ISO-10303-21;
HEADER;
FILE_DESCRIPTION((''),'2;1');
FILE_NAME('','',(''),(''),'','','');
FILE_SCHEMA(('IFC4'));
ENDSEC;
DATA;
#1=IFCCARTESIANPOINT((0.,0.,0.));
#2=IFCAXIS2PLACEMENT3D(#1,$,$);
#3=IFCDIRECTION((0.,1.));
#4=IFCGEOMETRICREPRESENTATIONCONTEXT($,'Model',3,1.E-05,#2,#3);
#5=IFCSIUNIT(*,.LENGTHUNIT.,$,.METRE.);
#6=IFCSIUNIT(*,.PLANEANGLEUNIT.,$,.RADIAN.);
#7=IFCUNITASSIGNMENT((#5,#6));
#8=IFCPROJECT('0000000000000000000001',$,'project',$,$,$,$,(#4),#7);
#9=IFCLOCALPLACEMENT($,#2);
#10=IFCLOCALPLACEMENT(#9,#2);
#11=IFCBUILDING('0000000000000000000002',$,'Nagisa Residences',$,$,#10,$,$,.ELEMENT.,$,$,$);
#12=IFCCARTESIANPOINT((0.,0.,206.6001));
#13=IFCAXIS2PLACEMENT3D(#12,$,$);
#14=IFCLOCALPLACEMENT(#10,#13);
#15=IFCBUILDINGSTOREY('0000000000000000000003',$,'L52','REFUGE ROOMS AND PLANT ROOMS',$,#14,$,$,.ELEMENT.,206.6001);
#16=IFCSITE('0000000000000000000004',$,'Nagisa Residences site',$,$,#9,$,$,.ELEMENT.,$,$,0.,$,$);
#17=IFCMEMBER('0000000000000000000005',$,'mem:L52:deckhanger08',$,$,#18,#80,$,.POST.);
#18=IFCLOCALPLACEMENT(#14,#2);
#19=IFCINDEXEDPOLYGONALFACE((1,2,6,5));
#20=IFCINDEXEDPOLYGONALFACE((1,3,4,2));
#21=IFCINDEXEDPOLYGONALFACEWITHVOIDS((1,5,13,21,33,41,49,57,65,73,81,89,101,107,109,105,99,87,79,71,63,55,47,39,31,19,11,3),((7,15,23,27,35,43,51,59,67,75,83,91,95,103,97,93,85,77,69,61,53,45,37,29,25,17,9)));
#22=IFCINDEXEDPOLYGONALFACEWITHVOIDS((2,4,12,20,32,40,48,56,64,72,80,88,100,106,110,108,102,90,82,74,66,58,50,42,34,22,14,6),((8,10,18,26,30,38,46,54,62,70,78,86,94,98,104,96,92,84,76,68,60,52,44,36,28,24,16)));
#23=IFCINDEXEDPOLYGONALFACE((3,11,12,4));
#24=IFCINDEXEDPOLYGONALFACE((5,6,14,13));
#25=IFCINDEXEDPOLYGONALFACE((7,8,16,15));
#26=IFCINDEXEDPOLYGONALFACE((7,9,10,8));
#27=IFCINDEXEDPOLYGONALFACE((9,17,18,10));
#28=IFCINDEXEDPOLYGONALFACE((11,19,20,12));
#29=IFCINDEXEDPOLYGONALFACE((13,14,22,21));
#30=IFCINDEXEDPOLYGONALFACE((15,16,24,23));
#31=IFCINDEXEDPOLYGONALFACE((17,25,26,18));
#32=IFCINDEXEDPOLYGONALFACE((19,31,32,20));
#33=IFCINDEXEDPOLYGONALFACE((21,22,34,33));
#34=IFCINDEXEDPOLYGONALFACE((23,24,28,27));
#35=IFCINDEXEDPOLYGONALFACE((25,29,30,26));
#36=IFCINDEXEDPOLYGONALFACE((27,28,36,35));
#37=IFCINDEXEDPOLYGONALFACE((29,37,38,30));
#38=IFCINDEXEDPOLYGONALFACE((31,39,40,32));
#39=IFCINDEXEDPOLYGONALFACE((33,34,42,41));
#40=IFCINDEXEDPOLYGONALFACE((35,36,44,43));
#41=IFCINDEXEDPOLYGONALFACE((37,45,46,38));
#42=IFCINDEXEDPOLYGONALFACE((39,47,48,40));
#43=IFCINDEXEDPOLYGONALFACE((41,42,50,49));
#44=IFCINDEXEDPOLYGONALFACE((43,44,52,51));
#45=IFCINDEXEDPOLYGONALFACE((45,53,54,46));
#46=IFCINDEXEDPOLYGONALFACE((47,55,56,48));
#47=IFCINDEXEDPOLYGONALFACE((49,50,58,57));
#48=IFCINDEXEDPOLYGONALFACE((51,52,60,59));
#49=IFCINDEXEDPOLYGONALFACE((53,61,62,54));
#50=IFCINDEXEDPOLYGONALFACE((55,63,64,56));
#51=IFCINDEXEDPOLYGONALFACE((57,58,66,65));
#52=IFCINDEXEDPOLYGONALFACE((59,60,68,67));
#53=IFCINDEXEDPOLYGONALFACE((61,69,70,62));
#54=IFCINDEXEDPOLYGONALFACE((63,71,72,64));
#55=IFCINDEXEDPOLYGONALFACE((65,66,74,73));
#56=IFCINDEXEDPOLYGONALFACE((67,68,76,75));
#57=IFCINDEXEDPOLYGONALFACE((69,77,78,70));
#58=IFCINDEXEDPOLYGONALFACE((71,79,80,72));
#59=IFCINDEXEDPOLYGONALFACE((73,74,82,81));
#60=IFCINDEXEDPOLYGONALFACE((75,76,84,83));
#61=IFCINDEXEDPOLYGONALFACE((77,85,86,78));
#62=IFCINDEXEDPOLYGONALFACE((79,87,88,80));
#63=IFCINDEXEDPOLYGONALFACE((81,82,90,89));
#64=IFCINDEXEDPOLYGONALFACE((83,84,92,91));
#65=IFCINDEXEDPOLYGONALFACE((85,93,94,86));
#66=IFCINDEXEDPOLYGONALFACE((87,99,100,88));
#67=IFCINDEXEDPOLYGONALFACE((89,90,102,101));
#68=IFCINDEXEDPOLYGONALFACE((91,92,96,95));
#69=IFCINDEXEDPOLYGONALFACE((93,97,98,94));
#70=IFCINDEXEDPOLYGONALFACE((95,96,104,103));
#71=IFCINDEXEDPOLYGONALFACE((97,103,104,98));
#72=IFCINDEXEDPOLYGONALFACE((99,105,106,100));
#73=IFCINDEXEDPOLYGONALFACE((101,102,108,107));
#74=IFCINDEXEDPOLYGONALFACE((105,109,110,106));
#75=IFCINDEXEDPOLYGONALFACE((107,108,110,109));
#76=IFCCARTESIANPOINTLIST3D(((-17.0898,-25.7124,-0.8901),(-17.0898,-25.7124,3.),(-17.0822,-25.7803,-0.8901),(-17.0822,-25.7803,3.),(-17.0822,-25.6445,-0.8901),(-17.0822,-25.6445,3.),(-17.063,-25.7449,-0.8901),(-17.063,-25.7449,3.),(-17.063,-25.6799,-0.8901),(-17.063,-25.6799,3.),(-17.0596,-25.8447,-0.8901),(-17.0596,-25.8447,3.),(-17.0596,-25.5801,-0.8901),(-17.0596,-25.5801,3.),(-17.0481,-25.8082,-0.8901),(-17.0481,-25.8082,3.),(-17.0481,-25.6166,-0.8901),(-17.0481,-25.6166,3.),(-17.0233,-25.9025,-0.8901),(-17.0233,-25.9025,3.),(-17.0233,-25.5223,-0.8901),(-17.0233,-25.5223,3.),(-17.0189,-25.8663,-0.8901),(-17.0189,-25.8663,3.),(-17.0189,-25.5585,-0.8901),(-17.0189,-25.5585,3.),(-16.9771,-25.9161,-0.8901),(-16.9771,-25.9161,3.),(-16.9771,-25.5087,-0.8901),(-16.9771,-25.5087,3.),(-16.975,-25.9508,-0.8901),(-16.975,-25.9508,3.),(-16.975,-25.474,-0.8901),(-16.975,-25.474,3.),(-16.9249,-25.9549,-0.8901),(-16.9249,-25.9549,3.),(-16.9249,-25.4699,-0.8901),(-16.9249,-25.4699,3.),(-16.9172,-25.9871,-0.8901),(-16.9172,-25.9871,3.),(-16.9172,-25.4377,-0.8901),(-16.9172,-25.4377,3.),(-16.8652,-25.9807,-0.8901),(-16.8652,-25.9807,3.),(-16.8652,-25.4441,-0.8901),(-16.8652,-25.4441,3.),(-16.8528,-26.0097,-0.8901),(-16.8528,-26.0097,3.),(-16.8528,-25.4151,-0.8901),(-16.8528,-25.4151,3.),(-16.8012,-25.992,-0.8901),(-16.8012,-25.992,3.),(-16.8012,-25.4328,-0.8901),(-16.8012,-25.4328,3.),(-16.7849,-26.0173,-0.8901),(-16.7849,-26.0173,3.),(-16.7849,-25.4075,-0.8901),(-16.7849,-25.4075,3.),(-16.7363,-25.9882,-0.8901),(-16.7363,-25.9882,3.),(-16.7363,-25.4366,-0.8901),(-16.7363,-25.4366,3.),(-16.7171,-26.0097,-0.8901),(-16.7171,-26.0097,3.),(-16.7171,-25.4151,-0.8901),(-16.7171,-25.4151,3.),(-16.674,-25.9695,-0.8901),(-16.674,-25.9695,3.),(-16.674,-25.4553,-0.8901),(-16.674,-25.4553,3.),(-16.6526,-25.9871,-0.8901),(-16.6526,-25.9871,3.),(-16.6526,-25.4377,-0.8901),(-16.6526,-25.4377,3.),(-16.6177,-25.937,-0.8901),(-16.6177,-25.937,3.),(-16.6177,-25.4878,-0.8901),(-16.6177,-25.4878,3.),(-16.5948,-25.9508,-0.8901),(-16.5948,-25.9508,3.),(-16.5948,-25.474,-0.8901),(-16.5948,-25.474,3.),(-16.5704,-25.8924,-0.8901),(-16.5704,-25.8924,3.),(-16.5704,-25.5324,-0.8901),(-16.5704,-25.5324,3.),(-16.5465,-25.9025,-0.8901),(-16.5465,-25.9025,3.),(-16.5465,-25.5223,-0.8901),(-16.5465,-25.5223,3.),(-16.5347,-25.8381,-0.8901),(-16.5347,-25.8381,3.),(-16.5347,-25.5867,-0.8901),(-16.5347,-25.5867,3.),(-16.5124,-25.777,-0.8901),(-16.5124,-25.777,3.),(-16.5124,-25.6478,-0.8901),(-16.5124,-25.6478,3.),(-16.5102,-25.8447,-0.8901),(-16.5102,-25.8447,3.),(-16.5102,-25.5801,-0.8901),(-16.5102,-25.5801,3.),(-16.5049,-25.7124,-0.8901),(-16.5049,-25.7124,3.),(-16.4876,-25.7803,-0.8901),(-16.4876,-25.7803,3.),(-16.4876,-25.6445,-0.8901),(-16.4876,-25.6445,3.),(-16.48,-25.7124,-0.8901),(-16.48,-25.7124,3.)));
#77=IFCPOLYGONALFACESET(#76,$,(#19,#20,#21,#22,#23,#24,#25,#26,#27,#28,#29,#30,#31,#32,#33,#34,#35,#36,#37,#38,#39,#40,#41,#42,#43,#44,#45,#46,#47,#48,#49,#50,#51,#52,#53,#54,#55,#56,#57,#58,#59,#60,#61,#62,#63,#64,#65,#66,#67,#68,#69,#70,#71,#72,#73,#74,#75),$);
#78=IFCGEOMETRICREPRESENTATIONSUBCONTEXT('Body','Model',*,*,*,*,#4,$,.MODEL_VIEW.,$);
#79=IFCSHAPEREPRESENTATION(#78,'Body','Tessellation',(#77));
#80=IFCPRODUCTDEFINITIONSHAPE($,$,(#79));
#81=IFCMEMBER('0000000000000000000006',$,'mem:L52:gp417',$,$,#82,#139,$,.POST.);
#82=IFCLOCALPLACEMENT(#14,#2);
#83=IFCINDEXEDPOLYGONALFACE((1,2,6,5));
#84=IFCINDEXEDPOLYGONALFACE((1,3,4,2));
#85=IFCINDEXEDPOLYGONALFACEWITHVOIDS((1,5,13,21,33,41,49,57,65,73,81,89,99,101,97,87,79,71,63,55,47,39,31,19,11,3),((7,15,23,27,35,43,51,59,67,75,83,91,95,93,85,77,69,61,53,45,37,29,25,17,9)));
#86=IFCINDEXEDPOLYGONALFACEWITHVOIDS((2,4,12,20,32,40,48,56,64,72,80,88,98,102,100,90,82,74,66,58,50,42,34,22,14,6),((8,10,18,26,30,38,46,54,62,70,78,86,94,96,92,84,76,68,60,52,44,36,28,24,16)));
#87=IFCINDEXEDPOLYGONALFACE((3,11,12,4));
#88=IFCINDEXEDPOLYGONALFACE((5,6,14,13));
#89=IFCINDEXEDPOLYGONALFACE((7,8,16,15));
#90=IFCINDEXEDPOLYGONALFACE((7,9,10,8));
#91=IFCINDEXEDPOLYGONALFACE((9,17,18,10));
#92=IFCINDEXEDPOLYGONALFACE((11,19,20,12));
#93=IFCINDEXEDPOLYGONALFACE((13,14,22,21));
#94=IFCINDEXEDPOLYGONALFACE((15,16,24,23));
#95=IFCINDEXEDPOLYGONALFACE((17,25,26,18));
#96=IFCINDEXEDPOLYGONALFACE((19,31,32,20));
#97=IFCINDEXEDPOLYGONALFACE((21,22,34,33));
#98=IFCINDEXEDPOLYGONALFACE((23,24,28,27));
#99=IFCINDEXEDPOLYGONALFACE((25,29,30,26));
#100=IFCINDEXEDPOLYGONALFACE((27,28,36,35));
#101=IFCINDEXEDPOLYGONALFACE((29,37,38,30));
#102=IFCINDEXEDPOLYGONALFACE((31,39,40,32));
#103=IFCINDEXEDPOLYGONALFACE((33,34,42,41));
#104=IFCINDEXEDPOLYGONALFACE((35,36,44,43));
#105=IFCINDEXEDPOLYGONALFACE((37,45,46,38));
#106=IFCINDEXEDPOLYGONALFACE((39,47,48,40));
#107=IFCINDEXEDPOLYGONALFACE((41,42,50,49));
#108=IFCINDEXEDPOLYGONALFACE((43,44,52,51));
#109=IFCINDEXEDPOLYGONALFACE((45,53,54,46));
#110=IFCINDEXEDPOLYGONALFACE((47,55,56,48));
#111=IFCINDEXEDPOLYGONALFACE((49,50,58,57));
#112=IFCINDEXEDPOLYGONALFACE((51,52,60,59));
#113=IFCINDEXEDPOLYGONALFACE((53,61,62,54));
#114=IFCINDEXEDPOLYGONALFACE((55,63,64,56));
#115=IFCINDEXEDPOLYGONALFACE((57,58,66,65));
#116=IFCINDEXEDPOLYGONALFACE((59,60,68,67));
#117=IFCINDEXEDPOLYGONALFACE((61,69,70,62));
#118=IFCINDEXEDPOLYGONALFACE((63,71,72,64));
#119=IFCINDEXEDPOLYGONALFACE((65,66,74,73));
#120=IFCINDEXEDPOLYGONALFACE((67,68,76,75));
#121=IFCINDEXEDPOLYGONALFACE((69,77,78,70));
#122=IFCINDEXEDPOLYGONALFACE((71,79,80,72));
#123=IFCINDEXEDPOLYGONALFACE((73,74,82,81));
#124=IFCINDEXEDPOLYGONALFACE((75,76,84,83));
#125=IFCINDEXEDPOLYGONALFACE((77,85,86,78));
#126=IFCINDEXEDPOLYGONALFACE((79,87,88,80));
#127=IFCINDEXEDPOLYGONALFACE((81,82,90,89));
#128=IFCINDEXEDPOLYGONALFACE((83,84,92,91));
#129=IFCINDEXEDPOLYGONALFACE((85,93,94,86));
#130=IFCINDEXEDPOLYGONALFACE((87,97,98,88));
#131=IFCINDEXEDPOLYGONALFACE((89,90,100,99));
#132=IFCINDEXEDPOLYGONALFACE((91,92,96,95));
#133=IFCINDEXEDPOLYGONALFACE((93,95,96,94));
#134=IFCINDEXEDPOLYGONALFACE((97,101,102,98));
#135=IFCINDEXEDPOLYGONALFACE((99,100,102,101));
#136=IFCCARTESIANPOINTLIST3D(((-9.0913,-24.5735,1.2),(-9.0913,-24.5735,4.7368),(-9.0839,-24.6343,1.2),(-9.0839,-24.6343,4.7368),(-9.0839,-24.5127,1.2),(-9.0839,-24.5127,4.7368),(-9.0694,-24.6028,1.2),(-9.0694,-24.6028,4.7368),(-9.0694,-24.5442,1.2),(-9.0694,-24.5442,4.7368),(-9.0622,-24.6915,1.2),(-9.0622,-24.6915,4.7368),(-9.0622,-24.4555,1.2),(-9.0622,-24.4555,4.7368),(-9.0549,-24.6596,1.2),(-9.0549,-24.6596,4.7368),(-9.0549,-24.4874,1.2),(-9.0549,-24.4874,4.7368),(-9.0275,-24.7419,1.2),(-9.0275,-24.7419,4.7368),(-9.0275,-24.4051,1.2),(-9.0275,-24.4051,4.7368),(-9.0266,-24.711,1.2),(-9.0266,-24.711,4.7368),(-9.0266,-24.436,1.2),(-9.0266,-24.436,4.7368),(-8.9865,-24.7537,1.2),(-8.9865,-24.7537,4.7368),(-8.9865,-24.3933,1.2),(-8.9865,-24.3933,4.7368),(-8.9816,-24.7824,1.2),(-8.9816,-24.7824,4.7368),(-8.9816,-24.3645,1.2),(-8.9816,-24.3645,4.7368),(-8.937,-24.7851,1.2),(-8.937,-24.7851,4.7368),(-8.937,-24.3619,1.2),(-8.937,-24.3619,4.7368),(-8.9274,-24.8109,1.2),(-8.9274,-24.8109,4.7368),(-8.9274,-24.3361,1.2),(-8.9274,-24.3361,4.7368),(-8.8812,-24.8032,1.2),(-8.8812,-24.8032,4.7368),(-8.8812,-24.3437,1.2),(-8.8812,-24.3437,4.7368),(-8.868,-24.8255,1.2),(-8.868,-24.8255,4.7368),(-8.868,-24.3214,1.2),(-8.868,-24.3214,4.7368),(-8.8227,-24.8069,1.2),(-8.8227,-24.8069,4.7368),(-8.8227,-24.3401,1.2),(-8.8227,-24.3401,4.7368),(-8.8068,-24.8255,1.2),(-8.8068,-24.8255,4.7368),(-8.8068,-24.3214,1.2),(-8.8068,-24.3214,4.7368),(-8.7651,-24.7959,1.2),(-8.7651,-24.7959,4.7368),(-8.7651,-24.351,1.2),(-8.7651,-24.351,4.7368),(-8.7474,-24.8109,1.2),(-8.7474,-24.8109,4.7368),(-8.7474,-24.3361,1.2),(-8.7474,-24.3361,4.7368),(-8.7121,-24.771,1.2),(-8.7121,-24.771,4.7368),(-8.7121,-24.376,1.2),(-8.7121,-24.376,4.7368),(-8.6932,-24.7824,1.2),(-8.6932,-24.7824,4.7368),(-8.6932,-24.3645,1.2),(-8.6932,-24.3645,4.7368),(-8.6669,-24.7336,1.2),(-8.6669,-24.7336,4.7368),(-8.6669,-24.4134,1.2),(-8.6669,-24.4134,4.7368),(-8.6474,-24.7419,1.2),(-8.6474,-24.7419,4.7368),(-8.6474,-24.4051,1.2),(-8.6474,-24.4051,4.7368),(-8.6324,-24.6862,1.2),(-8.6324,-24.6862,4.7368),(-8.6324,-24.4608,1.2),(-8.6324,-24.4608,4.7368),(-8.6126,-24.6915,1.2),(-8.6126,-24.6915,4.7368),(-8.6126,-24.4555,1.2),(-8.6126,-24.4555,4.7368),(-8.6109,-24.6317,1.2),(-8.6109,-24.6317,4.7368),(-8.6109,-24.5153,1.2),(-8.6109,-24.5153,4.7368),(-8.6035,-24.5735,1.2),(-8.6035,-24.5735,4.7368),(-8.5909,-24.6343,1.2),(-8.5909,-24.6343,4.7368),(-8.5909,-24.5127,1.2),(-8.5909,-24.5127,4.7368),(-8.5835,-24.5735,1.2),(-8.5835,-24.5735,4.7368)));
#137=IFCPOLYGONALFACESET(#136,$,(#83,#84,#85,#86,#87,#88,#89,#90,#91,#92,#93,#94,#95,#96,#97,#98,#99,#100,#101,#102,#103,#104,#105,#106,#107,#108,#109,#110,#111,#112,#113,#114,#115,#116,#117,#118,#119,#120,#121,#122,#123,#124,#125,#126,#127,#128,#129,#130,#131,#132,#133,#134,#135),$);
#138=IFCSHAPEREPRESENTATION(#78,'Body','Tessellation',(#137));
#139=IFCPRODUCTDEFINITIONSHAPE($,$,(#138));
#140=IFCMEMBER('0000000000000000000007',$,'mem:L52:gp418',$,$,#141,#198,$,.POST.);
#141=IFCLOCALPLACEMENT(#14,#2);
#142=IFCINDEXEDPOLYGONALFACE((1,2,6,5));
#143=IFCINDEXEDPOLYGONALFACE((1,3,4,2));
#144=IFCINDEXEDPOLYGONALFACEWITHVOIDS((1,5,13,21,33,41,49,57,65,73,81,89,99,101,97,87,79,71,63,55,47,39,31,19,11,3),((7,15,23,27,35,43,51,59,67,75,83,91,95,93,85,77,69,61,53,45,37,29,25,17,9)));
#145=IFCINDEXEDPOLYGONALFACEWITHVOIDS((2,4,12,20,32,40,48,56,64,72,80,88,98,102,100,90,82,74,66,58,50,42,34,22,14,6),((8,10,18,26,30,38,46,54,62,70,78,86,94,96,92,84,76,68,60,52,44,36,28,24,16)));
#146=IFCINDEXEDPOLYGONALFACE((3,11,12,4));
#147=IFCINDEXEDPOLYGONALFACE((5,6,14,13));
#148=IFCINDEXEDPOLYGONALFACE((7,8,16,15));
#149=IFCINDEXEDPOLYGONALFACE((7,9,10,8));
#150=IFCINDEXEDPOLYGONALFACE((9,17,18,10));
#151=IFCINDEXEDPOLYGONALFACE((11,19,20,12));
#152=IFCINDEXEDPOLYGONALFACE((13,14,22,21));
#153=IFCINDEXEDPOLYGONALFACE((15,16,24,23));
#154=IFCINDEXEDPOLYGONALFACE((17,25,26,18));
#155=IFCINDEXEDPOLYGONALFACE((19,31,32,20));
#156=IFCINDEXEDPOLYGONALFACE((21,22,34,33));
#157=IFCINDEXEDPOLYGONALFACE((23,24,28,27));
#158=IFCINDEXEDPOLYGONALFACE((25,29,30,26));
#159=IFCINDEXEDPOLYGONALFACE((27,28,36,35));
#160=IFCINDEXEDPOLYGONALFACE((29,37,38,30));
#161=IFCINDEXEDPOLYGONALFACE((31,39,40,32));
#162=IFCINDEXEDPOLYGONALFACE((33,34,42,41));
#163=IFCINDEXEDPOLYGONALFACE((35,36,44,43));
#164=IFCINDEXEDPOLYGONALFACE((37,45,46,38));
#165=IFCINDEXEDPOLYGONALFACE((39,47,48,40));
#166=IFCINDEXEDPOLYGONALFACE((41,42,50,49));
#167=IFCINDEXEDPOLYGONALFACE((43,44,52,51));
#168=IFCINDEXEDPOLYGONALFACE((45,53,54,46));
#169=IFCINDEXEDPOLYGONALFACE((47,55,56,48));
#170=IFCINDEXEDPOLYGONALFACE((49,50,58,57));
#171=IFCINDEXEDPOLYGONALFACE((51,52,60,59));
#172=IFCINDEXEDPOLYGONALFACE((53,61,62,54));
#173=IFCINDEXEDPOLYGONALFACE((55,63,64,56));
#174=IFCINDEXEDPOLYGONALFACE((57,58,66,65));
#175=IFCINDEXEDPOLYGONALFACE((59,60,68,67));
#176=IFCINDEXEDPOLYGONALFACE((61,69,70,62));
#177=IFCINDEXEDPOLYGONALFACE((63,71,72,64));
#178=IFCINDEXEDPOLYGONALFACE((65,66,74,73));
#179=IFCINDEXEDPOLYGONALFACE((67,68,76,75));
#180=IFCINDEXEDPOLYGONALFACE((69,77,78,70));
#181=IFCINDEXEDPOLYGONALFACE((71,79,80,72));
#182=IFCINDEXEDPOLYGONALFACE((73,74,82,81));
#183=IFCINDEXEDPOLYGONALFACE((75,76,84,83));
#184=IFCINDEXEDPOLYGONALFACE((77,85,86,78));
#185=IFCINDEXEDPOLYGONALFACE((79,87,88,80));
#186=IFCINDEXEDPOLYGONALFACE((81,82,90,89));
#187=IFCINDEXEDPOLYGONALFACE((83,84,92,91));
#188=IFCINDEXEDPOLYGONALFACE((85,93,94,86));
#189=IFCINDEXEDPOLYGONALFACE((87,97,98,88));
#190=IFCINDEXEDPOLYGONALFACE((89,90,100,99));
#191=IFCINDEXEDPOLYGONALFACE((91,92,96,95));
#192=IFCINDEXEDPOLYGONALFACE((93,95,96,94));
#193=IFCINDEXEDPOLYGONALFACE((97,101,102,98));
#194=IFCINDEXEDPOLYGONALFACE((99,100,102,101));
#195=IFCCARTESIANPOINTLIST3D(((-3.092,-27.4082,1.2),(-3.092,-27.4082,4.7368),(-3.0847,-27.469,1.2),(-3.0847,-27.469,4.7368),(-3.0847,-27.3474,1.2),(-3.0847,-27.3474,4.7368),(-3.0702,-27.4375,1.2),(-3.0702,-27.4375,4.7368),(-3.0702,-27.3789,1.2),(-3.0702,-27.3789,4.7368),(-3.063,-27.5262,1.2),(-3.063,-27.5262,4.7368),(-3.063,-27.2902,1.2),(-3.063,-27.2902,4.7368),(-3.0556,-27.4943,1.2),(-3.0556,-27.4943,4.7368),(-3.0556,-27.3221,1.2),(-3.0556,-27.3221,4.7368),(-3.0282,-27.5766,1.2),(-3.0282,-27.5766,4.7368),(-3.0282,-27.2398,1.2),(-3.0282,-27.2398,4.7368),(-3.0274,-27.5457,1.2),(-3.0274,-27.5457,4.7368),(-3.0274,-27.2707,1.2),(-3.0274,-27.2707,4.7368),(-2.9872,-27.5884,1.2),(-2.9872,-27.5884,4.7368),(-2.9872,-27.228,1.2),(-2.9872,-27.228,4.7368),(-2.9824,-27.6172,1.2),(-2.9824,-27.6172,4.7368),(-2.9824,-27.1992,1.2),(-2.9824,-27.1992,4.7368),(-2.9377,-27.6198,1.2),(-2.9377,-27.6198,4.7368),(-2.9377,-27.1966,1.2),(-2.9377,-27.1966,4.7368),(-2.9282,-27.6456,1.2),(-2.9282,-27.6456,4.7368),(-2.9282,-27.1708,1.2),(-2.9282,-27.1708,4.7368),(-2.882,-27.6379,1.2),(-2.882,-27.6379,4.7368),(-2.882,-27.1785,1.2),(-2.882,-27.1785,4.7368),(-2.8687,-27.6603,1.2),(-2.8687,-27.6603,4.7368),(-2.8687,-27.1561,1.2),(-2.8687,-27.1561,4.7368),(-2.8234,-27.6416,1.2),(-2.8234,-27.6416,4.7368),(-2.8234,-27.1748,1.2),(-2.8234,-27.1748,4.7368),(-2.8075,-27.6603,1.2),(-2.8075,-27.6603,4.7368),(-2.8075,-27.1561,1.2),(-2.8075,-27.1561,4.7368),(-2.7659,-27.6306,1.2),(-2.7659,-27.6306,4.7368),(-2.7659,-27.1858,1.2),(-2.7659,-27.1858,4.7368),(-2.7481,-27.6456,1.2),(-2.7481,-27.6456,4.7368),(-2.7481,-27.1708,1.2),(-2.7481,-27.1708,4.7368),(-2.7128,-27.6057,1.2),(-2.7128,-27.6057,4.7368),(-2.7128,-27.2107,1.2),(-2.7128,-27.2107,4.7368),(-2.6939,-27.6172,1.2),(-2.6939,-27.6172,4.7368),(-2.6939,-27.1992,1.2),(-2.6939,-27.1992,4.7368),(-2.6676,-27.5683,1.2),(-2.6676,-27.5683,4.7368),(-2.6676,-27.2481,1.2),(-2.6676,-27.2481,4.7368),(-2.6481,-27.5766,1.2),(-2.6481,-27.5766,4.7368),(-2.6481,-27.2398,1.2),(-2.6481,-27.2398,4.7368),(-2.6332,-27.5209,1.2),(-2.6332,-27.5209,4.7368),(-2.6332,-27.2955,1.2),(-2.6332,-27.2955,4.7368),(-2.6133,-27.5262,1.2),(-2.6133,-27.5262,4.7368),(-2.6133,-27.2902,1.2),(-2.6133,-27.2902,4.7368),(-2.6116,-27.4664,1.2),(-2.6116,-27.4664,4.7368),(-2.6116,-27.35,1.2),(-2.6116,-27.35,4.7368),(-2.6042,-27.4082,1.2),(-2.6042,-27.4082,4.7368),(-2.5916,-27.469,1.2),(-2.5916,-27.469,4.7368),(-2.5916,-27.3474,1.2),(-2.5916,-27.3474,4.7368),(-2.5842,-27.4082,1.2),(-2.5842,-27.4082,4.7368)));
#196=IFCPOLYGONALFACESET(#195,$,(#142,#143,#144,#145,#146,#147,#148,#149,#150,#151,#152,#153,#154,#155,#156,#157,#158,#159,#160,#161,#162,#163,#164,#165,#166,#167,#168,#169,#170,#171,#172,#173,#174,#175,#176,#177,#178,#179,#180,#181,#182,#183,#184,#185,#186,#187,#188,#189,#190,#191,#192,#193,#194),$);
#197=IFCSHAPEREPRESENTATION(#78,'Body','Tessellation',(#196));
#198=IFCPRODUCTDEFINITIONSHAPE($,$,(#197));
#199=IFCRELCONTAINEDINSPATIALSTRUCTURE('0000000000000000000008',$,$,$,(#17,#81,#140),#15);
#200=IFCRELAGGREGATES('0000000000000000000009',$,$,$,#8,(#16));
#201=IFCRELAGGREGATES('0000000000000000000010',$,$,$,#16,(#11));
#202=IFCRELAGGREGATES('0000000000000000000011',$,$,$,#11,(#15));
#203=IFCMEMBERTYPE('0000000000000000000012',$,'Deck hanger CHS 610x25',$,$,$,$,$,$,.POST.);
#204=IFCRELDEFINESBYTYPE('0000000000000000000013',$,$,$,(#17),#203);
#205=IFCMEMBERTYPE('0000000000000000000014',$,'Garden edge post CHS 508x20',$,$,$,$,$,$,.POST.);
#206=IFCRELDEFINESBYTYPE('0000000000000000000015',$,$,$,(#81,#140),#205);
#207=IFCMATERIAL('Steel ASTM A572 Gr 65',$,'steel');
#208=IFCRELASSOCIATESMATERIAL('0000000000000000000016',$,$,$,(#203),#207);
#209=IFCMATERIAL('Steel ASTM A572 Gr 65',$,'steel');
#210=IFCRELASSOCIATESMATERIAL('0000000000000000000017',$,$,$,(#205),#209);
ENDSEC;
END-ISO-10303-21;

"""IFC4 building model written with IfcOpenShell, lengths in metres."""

from ifc_helpers import new_model, si_unit, direction, frame, origin, origin_2d, place, context, subcontext, project, spatial, hollow_circle, extrude, material, material_profile, profile_set, type_object, element, save


model = new_model("IFC4")

# Units and contexts
model_context = context("Model", 3, precision=1e-05, world=origin(), true_north=direction((0.0, 1.0)))
body_context = subcontext(model_context, "Body", "Model", "MODEL_VIEW")
ifc_project = project(units=[si_unit("LENGTHUNIT", "METRE"), si_unit("PLANEANGLEUNIT", "RADIAN")], contexts=[model_context])

# Site, building, storey
site_placement = place(None, origin())
site = spatial("IfcSite", under=ifc_project, at=site_placement, Name="Nagisa Residences site", CompositionType="ELEMENT", RefElevation=0.0)
building_placement = place(site_placement, origin())
building = spatial("IfcBuilding", under=site, at=building_placement, Name="Nagisa Residences", CompositionType="ELEMENT")
storey_placement = place(building_placement, frame((0.0, 0.0, 206.6001)))
storey = spatial("IfcBuildingStorey", under=building, at=storey_placement, Name="L52", Description="REFUGE ROOMS AND PLANT ROOMS", CompositionType="ELEMENT", Elevation=206.6001)

# Members
ifc_material_1 = material(Name="Steel ASTM A572 Gr 65", Category="steel")
ifc_material_profile_1 = material_profile(ifc_material_1, hollow_circle(Radius=0.3049, WallThickness=0.0249, at=origin_2d()), Name="CHS 610x25")
ifc_profile_set_1 = profile_set([ifc_material_profile_1], Name="Steel ASTM A572 Gr 65")
member_type_1 = type_object("IfcMemberType", Name="Deck hanger CHS 610x25", PredefinedType="POST", material=ifc_profile_set_1)
member_1_placement = place(storey_placement, frame((-16.7849, -25.7124, 3.0), z_axis=(0.0, 0.0, -1.0), x_axis=(1.0, 0.0, 0.0)))
element("IfcMember", 1, at=member_1_placement, inside=storey, type_object=member_type_1, Name="mem:L52:deckhanger08", PredefinedType="POST", context=body_context, shape_type="SweptSolid", body=[
    extrude(hollow_circle(Radius=0.3049, WallThickness=0.0249, at=origin_2d()), origin(), (0.0, 0.0, 1.0), 3.8901),
])
ifc_material_2 = material(Name="Steel ASTM A572 Gr 65", Category="steel")
ifc_material_profile_2 = material_profile(ifc_material_2, hollow_circle(Radius=0.2539, WallThickness=0.02, at=origin_2d()), Name="CHS 508x20")
ifc_profile_set_2 = profile_set([ifc_material_profile_2], Name="Steel ASTM A572 Gr 65")
member_type_2 = type_object("IfcMemberType", Name="Garden edge post CHS 508x20", PredefinedType="POST", material=ifc_profile_set_2)
for number, where, z_axis, x_axis, name in (
    (2, (-8.8374, -24.5735, 1.2), (0.0, 0.0, 1.0), (1.0, 0.0, 0.0), "mem:L52:gp417"),
    (3, (-2.8381, -27.4082, 1.2), (0.0, 0.0, 1.0), (1.0, 0.0, 0.0), "mem:L52:gp418"),
):
    element("IfcMember", number, at=place(storey_placement, frame(where, z_axis=z_axis, x_axis=x_axis)), inside=storey, type_object=member_type_2, Name=name, PredefinedType="POST", context=body_context, shape_type="SweptSolid", body=[
        extrude(hollow_circle(Radius=0.2539, WallThickness=0.02, at=origin_2d()), origin(), (0.0, 0.0, 1.0), 3.5369),
    ])

save(model, "model.ifc")
